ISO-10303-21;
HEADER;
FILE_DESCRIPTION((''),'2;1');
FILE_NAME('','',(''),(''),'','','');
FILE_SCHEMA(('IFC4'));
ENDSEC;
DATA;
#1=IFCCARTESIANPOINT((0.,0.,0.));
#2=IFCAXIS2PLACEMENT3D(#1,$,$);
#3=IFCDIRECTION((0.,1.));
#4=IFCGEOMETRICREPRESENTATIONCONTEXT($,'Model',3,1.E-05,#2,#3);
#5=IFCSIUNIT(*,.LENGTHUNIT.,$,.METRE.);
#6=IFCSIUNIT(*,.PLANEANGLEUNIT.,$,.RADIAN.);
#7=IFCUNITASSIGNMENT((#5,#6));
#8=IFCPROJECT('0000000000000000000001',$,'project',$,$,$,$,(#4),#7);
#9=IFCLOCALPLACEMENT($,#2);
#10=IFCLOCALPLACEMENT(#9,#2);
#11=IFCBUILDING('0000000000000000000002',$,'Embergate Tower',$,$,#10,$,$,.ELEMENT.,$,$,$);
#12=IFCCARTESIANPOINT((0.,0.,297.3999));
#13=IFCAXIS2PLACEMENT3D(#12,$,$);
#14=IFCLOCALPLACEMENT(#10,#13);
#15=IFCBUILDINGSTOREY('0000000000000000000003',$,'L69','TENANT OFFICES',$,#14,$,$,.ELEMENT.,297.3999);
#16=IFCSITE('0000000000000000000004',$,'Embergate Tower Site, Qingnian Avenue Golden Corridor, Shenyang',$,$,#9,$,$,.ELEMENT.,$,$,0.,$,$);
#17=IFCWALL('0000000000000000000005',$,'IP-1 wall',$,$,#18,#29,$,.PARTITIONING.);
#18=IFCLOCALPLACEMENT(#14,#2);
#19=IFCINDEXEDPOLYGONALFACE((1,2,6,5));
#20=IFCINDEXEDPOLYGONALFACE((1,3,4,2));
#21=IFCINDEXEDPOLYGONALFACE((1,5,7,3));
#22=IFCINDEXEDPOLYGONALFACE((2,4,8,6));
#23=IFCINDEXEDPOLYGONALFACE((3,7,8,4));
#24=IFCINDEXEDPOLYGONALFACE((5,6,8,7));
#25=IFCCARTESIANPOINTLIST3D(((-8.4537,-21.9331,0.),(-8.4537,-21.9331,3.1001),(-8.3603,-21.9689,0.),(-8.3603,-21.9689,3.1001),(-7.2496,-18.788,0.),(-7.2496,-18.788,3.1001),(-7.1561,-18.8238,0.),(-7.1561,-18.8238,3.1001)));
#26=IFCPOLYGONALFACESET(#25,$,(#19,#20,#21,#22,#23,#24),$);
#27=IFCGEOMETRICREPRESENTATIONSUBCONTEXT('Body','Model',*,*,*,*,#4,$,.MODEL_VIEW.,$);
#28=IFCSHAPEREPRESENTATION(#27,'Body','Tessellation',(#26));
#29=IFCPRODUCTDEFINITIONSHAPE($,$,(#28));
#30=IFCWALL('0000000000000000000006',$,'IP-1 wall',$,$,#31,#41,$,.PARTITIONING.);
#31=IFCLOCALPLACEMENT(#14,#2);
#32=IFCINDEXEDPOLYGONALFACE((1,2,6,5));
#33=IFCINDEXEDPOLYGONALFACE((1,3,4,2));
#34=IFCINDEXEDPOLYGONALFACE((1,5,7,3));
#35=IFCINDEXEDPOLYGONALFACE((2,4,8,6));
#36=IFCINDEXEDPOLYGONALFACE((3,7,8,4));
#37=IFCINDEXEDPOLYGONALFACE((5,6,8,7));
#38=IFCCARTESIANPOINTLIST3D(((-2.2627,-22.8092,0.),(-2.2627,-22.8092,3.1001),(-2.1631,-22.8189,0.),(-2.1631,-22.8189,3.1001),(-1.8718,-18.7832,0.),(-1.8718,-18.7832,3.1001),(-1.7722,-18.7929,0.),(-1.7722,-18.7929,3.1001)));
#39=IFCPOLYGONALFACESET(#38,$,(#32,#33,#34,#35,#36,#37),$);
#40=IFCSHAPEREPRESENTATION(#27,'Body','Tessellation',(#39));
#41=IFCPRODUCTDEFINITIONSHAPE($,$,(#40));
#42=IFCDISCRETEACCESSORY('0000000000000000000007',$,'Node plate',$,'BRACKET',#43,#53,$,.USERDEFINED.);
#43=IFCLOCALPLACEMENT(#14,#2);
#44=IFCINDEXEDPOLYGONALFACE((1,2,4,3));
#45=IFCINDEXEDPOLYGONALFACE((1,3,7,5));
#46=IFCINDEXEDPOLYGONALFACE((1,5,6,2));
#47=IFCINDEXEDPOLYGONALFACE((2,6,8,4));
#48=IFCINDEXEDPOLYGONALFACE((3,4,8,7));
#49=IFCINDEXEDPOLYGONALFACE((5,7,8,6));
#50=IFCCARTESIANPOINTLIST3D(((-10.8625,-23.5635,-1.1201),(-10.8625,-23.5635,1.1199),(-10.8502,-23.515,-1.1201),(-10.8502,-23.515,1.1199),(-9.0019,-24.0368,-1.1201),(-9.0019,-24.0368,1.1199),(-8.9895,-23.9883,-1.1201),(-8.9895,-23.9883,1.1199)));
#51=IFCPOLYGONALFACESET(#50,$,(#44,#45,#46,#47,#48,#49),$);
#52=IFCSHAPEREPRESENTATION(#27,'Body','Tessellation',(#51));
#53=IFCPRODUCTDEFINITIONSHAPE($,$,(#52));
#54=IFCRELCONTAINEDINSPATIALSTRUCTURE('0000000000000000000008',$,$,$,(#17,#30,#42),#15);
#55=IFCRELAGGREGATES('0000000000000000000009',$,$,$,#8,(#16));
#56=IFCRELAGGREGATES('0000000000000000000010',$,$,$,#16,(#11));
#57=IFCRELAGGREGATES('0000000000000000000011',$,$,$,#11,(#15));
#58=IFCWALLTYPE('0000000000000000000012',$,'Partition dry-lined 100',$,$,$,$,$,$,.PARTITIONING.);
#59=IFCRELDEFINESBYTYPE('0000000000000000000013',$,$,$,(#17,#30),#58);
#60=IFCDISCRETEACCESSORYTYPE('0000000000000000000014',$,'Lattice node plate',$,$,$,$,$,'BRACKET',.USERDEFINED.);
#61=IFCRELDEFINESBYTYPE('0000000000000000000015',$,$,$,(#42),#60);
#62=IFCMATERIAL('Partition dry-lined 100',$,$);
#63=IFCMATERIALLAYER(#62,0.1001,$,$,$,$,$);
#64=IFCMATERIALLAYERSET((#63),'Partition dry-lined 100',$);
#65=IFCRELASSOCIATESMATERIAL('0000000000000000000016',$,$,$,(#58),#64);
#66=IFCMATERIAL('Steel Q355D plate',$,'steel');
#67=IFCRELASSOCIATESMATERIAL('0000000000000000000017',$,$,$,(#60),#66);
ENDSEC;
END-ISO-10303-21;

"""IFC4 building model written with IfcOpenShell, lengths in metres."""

from ifc_helpers import new_model, si_unit, direction, frame, frame_2d, origin, origin_2d, place, context, subcontext, project, spatial, rectangle, extrude, source, transform, mapped, material, layer, layer_set, type_object, element, save


model = new_model("IFC4")

# Units and contexts
model_context = context("Model", 3, precision=1e-05, world=origin(), true_north=direction((0.0, 1.0)))
body_context = subcontext(model_context, "Body", "Model", "MODEL_VIEW")
ifc_project = project(units=[si_unit("LENGTHUNIT", "METRE"), si_unit("PLANEANGLEUNIT", "RADIAN")], contexts=[model_context])

# Site, building, storey
site_placement = place(None, origin())
site = spatial("IfcSite", under=ifc_project, at=site_placement, Name="Embergate Tower Site, Qingnian Avenue Golden Corridor, Shenyang", CompositionType="ELEMENT", RefElevation=0.0)
building_placement = place(site_placement, origin())
building = spatial("IfcBuilding", under=site, at=building_placement, Name="Embergate Tower", CompositionType="ELEMENT")
storey_placement = place(building_placement, frame((0.0, 0.0, 297.3999)))
storey = spatial("IfcBuildingStorey", under=building, at=storey_placement, Name="L69", Description="TENANT OFFICES", CompositionType="ELEMENT", Elevation=297.3999)

# Walls
ifc_material_1 = material(Name="Partition dry-lined 100")
ifc_layer_1 = layer(ifc_material_1, 0.1001)
ifc_layer_set_1 = layer_set([ifc_layer_1], Name="Partition dry-lined 100")
wall_type_1 = type_object("IfcWallType", Name="Partition dry-lined 100", PredefinedType="PARTITIONING", material=ifc_layer_set_1)
shared_shape_1 = source(origin(), body_context, "Body", "SweptSolid", [
    extrude(rectangle(XDim=3.3677, YDim=0.1001, at=frame_2d((1.6838, 0.0))), origin(), (0.0, 0.0, 1.0), 3.1001),
])
wall_1_placement = place(storey_placement, frame((-7.2029, -18.8059, 0.0), z_axis=(0.0, 0.0, 1.0), x_axis=(-0.35755, -0.933894, 0.0)))
element("IfcWall", 1, at=wall_1_placement, inside=storey, type_object=wall_type_1, Name="IP-1 wall", PredefinedType="PARTITIONING", context=body_context, shape_type="MappedRepresentation", body=[
    mapped(shared_shape_1, transform((0.0, 0.0, 0.0))),
])
shared_shape_2 = source(origin(), body_context, "Body", "SweptSolid", [
    extrude(rectangle(XDim=4.0449, YDim=0.1001, at=frame_2d((2.0225, 0.0))), origin(), (0.0, 0.0, 1.0), 3.1001),
])
wall_2_placement = place(storey_placement, frame((-1.822, -18.7881, 0.0), z_axis=(0.0, 0.0, 1.0), x_axis=(-0.096635, -0.99532, 0.0)))
element("IfcWall", 2, at=wall_2_placement, inside=storey, type_object=wall_type_1, Name="IP-1 wall", PredefinedType="PARTITIONING", context=body_context, shape_type="MappedRepresentation", body=[
    mapped(shared_shape_2, transform((0.0, 0.0, 0.0))),
])

# Discrete accessory
ifc_material_2 = material(Name="Steel Q355D plate", Category="steel")
discrete_accessory_type = type_object("IfcDiscreteAccessoryType", Name="Lattice node plate", ElementType="BRACKET", PredefinedType="USERDEFINED", material=ifc_material_2)
shared_shape_3 = source(origin(), body_context, "Body", "SweptSolid", [
    extrude(rectangle(XDim=1.9199, YDim=0.05, at=origin_2d()), origin(), (0.0, 0.0, 1.0), 2.24),
])
discrete_accessory_placement = place(storey_placement, frame((-9.926, -23.7759, -1.1201), z_axis=(0.0, 0.0, 1.0), x_axis=(0.969141, -0.246509, 0.0)))
element("IfcDiscreteAccessory", 3, at=discrete_accessory_placement, inside=storey, type_object=discrete_accessory_type, Name="Node plate", ObjectType="BRACKET", PredefinedType="USERDEFINED", context=body_context, shape_type="MappedRepresentation", body=[
    mapped(shared_shape_3, transform((0.0, 0.0, 0.0))),
])

save(model, "model.ifc")
